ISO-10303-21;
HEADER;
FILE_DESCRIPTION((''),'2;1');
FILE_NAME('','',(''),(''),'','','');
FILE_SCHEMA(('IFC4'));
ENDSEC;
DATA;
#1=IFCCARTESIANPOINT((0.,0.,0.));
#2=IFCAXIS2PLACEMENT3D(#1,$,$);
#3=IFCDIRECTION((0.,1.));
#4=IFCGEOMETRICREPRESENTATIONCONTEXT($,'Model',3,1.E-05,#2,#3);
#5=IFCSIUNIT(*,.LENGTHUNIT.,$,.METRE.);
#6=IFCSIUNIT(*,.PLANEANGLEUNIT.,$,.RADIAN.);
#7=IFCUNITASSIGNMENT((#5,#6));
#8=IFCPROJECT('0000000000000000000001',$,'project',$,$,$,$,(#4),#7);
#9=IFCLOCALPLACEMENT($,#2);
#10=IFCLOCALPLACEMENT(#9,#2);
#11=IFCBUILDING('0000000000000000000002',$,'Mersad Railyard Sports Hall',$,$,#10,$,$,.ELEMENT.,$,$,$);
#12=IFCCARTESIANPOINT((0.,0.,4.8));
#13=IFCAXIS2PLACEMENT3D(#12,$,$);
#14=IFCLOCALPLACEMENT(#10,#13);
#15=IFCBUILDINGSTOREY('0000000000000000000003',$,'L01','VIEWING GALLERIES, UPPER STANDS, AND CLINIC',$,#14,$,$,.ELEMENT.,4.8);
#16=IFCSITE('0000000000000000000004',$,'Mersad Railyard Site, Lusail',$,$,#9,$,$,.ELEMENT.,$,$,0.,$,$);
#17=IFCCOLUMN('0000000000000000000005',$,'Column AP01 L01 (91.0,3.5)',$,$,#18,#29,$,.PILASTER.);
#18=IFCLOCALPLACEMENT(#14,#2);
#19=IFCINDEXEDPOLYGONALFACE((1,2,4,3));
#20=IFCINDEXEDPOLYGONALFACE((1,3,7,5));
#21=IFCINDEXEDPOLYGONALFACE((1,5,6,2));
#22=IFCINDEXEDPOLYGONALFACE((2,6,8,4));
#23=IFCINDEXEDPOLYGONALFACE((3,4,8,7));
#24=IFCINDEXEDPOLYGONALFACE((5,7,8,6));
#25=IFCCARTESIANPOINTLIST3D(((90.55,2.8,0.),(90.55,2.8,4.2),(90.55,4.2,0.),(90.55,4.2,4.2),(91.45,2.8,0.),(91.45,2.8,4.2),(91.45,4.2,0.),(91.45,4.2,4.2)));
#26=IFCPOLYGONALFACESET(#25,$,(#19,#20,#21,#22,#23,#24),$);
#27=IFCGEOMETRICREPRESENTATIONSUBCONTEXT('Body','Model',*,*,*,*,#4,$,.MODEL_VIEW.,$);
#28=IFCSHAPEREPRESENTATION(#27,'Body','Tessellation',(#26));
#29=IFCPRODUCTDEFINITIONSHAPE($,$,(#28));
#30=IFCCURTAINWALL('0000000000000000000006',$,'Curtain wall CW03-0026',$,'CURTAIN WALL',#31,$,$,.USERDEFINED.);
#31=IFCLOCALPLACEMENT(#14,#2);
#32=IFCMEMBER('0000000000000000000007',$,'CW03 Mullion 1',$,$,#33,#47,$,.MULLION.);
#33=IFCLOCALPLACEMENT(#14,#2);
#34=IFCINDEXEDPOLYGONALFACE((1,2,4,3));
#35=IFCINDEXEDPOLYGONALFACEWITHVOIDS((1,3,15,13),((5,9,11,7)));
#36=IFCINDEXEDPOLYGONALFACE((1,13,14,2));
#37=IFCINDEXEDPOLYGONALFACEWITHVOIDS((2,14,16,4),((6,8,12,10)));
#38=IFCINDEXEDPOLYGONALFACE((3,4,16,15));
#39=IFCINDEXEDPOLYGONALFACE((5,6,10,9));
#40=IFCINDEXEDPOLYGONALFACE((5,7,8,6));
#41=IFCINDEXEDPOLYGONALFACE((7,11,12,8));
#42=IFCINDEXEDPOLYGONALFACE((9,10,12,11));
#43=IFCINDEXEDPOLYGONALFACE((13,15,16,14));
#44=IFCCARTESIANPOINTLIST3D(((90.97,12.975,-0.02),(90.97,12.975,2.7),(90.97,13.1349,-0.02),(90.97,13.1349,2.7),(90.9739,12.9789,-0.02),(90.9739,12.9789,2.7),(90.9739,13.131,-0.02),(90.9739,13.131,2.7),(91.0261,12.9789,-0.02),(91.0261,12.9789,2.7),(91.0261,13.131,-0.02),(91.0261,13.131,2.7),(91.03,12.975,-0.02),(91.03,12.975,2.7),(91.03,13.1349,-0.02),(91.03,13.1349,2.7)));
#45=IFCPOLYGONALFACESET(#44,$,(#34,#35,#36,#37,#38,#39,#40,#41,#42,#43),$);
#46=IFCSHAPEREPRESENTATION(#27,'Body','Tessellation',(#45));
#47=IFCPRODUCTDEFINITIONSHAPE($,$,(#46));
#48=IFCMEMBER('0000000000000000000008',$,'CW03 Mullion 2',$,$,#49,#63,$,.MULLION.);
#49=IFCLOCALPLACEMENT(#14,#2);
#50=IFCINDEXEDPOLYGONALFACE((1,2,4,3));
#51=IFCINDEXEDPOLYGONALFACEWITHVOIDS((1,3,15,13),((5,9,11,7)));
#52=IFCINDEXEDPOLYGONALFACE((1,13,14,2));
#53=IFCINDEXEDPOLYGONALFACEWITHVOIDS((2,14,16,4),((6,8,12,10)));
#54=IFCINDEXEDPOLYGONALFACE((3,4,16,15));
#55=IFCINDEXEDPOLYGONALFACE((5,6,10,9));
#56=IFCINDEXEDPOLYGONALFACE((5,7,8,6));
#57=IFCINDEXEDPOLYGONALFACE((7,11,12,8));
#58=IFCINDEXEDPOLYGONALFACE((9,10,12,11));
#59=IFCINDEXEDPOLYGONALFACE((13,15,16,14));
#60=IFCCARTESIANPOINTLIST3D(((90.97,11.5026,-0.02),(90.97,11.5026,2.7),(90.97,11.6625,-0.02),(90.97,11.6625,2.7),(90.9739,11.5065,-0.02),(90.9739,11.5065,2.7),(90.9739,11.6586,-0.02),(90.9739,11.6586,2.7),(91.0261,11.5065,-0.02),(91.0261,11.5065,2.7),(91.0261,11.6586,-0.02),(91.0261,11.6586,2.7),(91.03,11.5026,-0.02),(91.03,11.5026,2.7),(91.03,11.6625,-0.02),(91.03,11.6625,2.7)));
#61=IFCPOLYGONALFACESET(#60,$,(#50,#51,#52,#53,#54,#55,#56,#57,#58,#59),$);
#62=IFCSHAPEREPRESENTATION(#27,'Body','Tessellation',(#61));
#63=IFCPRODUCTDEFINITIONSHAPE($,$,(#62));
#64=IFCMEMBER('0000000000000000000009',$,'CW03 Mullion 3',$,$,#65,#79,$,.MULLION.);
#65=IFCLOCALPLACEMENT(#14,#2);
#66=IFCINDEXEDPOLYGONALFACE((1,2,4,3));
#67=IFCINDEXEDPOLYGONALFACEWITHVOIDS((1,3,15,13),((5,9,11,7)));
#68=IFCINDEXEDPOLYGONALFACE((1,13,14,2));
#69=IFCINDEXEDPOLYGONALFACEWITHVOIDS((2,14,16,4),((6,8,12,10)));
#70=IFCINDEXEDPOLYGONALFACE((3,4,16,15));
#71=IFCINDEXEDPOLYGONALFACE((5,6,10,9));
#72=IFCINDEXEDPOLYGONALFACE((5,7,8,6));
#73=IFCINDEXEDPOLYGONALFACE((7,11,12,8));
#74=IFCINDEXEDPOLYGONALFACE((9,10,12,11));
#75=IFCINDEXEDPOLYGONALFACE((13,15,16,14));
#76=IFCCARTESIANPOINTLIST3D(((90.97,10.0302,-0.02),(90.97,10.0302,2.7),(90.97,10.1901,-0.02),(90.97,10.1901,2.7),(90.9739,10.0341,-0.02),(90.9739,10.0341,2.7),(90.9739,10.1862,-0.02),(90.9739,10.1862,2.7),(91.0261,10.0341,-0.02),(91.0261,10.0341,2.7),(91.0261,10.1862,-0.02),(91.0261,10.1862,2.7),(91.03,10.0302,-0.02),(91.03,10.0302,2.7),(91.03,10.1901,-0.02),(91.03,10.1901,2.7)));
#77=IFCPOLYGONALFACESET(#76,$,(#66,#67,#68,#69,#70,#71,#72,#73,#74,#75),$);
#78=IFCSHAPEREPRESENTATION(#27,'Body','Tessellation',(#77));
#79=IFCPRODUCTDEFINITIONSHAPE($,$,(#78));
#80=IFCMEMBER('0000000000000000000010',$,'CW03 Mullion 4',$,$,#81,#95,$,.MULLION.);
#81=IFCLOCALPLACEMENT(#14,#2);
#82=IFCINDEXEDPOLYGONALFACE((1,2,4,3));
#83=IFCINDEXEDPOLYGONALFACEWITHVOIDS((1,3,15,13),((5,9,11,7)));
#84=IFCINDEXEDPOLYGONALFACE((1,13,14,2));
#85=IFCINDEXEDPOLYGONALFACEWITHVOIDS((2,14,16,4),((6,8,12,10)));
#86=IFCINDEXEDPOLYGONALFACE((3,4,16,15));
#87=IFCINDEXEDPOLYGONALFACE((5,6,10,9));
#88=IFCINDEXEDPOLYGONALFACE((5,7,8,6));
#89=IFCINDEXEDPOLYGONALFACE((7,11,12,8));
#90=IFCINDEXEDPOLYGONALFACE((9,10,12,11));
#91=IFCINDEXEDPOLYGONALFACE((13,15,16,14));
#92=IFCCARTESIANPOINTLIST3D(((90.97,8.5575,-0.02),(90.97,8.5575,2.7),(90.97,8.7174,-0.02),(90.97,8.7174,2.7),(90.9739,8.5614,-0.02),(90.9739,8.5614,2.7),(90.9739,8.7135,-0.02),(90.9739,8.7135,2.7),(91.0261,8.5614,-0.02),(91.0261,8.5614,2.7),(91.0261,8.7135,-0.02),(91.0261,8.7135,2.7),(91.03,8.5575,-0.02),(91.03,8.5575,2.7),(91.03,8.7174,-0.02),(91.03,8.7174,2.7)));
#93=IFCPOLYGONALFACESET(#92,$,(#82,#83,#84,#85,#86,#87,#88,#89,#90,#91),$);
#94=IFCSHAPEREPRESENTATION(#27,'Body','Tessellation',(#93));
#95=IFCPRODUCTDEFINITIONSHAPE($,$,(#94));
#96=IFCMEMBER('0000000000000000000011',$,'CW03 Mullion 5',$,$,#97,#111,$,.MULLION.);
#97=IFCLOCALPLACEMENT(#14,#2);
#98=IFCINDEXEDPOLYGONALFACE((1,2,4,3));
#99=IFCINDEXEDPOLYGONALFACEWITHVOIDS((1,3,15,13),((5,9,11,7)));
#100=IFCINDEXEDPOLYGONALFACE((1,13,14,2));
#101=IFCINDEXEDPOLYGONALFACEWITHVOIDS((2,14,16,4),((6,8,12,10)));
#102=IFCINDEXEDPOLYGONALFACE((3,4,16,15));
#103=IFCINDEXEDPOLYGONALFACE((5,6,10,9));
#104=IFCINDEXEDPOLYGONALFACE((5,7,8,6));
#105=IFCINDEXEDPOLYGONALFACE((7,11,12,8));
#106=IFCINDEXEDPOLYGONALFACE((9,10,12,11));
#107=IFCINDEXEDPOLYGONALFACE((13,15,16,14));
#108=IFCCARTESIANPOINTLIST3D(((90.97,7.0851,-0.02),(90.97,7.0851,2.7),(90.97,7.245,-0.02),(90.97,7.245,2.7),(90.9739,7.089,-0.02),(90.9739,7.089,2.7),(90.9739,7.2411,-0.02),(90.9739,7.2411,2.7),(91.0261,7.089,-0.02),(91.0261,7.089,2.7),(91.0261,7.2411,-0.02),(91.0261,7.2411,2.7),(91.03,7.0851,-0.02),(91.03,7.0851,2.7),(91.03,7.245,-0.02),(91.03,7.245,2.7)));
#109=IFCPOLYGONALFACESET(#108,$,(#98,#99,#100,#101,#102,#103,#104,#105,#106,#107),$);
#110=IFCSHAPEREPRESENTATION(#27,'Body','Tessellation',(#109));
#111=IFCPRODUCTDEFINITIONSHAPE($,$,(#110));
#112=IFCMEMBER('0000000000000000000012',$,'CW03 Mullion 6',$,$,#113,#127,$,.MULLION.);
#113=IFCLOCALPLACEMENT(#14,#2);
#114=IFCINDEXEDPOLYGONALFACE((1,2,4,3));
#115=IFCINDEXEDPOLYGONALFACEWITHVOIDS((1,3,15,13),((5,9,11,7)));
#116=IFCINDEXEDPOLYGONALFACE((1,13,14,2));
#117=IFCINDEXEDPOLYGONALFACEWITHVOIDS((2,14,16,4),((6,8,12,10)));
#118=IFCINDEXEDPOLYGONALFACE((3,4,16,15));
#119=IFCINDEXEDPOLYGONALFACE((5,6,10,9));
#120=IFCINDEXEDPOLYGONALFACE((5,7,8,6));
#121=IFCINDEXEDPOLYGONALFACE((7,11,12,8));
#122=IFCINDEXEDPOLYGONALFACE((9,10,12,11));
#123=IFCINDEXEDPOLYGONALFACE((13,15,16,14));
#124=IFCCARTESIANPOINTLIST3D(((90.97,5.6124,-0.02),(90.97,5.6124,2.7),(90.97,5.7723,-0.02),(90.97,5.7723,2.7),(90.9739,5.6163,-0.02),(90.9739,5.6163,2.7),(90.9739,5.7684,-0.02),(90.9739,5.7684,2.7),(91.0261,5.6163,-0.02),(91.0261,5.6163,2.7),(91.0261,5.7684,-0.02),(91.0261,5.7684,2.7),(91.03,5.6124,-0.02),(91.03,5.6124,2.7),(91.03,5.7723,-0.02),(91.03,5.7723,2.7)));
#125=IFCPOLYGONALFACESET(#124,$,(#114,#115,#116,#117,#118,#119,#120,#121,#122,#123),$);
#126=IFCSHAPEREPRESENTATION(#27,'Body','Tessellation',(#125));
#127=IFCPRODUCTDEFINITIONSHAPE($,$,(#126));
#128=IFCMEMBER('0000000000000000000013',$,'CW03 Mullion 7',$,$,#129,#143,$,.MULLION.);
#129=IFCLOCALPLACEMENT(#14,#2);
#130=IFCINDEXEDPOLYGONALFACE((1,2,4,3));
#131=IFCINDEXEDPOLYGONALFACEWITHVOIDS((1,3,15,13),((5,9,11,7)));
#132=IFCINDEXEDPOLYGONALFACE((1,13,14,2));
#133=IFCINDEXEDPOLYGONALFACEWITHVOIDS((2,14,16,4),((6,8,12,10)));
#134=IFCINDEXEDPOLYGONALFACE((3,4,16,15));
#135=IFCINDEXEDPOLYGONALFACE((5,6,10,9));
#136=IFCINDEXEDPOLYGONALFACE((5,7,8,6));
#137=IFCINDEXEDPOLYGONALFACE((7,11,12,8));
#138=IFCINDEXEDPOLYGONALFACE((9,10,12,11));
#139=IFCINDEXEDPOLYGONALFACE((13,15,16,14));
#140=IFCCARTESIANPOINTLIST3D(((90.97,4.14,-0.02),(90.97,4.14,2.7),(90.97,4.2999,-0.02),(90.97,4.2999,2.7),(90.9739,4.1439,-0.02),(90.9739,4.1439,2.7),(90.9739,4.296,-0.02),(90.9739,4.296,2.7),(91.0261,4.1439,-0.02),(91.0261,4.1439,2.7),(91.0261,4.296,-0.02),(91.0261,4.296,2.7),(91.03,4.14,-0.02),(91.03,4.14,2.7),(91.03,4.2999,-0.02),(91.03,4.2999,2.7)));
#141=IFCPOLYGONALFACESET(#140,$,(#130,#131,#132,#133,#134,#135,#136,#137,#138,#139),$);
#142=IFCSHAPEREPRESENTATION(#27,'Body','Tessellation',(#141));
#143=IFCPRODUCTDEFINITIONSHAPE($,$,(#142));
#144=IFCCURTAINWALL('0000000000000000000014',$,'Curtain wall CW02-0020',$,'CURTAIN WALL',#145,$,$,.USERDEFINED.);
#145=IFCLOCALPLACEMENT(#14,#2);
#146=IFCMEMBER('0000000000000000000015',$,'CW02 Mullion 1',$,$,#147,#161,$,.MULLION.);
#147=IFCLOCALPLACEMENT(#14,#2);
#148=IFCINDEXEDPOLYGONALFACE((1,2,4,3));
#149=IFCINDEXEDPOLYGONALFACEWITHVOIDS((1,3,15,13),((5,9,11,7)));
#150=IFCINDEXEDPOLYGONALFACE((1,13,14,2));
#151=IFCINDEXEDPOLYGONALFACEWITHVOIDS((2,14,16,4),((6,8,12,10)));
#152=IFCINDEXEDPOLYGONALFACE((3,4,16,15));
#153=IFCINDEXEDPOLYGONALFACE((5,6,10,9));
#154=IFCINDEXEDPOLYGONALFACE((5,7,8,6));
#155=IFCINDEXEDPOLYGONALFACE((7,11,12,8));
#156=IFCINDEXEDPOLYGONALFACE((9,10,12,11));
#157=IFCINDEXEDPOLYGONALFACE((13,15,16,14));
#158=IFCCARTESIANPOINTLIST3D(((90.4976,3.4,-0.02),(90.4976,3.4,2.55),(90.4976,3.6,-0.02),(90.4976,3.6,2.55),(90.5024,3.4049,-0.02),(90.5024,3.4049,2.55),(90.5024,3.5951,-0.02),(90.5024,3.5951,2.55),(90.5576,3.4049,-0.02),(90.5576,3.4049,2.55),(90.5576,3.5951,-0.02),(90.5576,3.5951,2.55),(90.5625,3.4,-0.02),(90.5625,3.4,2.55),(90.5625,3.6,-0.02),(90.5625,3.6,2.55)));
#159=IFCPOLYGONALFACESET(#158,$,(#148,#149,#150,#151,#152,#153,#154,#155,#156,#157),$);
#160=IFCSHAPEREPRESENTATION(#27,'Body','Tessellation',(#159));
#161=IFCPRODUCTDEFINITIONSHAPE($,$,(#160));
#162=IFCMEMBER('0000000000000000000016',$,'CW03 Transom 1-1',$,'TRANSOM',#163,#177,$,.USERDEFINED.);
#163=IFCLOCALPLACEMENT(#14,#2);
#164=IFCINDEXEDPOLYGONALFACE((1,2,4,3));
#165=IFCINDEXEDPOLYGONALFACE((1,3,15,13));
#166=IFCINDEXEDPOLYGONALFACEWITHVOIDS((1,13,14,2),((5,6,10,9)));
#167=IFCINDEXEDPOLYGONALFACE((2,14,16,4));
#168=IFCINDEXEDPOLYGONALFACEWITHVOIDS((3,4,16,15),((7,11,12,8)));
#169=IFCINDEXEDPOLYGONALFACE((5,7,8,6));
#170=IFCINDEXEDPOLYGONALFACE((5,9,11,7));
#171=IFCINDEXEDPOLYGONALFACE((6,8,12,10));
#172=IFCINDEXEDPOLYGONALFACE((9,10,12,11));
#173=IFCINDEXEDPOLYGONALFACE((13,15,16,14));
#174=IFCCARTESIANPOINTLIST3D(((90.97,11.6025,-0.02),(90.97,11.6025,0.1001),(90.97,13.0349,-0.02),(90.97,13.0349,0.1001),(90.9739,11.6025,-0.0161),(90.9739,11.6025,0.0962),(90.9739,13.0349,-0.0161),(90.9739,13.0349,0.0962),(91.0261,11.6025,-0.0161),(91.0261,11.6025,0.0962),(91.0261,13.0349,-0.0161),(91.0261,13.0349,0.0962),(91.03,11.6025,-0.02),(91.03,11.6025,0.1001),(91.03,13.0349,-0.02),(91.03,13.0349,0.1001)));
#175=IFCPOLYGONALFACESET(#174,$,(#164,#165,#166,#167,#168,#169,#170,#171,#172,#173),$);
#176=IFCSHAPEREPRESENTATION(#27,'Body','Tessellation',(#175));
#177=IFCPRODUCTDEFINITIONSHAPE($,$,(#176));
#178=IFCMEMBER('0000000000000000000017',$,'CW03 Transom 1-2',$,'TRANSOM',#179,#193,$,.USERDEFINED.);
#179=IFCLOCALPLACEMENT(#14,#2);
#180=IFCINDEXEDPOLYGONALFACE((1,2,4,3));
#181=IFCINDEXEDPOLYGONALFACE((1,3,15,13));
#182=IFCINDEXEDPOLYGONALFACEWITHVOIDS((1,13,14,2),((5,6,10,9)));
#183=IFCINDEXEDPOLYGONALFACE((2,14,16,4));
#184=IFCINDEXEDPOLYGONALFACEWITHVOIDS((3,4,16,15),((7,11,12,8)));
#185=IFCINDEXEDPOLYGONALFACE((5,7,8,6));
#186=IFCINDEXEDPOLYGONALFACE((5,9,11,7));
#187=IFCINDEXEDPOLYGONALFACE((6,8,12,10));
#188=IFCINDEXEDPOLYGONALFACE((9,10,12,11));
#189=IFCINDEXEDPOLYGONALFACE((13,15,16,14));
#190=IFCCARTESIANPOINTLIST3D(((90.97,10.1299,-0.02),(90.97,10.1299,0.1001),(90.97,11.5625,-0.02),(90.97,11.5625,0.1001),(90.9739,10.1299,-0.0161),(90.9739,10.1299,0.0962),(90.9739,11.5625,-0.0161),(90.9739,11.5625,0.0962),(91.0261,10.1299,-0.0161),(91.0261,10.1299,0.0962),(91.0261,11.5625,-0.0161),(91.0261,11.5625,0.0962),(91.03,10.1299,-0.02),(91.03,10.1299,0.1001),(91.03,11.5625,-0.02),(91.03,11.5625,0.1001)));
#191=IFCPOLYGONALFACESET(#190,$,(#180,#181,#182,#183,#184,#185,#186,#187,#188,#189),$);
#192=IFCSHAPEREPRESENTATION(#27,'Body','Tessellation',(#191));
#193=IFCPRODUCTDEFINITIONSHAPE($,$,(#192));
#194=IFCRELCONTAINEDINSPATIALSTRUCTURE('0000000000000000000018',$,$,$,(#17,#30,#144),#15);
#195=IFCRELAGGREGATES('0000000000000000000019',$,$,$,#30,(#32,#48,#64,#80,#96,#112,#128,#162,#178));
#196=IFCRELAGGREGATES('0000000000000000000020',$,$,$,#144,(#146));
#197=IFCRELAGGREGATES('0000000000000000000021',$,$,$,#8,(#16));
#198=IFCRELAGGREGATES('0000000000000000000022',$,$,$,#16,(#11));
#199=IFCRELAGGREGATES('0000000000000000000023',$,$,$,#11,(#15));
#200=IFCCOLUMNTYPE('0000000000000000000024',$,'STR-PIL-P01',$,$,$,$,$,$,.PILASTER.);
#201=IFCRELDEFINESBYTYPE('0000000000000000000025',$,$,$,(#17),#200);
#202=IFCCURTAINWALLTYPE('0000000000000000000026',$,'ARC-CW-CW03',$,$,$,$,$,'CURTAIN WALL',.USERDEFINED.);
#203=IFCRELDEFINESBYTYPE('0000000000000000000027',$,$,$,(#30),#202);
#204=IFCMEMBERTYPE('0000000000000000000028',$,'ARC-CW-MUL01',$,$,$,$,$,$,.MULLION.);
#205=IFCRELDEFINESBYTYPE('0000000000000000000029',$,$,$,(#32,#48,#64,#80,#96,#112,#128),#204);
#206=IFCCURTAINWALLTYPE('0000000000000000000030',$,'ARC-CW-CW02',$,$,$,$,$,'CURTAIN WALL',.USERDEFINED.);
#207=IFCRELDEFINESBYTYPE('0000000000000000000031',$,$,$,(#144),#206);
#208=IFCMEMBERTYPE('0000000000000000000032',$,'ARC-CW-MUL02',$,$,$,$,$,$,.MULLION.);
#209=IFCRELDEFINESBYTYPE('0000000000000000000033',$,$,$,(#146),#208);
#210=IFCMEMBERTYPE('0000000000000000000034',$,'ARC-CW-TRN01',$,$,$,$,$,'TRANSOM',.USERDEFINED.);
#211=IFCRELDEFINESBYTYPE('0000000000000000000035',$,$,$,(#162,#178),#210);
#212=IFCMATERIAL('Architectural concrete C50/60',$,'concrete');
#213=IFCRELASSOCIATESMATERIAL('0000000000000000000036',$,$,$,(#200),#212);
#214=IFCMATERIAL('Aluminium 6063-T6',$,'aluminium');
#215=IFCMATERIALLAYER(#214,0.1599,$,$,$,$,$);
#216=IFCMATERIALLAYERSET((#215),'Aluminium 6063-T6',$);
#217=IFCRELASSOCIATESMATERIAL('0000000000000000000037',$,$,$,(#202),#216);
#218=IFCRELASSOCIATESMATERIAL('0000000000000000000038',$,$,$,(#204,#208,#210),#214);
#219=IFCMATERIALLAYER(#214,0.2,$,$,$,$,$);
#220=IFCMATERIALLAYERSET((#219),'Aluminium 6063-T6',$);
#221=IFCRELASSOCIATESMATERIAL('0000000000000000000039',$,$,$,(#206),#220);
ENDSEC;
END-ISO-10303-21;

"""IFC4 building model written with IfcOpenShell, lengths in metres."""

from ifc_helpers import new_model, si_unit, direction, frame, origin, origin_2d, place, context, subcontext, project, spatial, rectangle, hollow_rectangle, extrude, material, layer, layer_set, material_profile, profile_set, type_object, element, aggregate, save


model = new_model("IFC4")

# Units and contexts
model_context = context("Model", 3, precision=1e-05, world=origin(), true_north=direction((0.0, 1.0)))
body_context = subcontext(model_context, "Body", "Model", "MODEL_VIEW")
ifc_project = project(units=[si_unit("LENGTHUNIT", "METRE"), si_unit("PLANEANGLEUNIT", "RADIAN")], contexts=[model_context])

# Site, building, storey
site_placement = place(None, origin())
site = spatial("IfcSite", under=ifc_project, at=site_placement, Name="Mersad Railyard Site, Lusail", CompositionType="ELEMENT", RefElevation=0.0)
building_placement = place(site_placement, origin())
building = spatial("IfcBuilding", under=site, at=building_placement, Name="Mersad Railyard Sports Hall", CompositionType="ELEMENT")
storey_placement = place(building_placement, frame((0.0, 0.0, 4.8)))
storey = spatial("IfcBuildingStorey", under=building, at=storey_placement, Name="L01", Description="VIEWING GALLERIES, UPPER STANDS, AND CLINIC", CompositionType="ELEMENT", Elevation=4.8)

# Column
ifc_material_1 = material(Name="Architectural concrete C50/60", Category="concrete")
ifc_material_profile_1 = material_profile(ifc_material_1, rectangle(XDim=0.8999, YDim=1.3999, at=origin_2d()), Name="RC 900x1400")
ifc_profile_set_1 = profile_set([ifc_material_profile_1], Name="Architectural concrete C50/60")
column_type = type_object("IfcColumnType", Name="STR-PIL-P01", PredefinedType="PILASTER", material=ifc_profile_set_1)
column_placement = place(storey_placement, frame((91.0, 3.5, 0.0), z_axis=(0.0, 0.0, 1.0), x_axis=(1.0, 0.0, 0.0)))
element("IfcColumn", 1, at=column_placement, inside=storey, type_object=column_type, Name="Column AP01 L01 (91.0,3.5)", PredefinedType="PILASTER", context=body_context, shape_type="SweptSolid", body=[
    extrude(rectangle(XDim=0.8999, YDim=1.3999, at=origin_2d()), origin(), (0.0, 0.0, 1.0), 4.2),
])

# Curtain wall, members
ifc_material_2 = material(Name="Aluminium 6063-T6", Category="aluminium")
ifc_layer_1 = layer(ifc_material_2, 0.1599)
ifc_layer_set_1 = layer_set([ifc_layer_1], Name="Aluminium 6063-T6")
curtain_wall_type_1 = type_object("IfcCurtainWallType", Name="ARC-CW-CW03", ElementType="CURTAIN WALL", PredefinedType="USERDEFINED", material=ifc_layer_set_1)
curtain_wall_1_placement = place(storey_placement, origin())
curtain_wall_1 = element("IfcCurtainWall", 2, at=curtain_wall_1_placement, inside=storey, type_object=curtain_wall_type_1, Name="Curtain wall CW03-0026", ObjectType="CURTAIN WALL", PredefinedType="USERDEFINED")
ifc_material_profile_2 = material_profile(ifc_material_2, hollow_rectangle(XDim=0.0601, YDim=0.1599, WallThickness=0.0039, at=origin_2d()), Name="AL MULLION 60x160x4")
ifc_profile_set_2 = profile_set([ifc_material_profile_2], Name="Aluminium 6063-T6")
member_type_1 = type_object("IfcMemberType", Name="ARC-CW-MUL01", PredefinedType="MULLION", material=ifc_profile_set_2)
member_1_placement = place(storey_placement, frame((91.0, 13.0549, -0.02), z_axis=(0.0, 0.0, 1.0), x_axis=(1.0, 0.0, 0.0)))
member_1 = element("IfcMember", 3, at=member_1_placement, type_object=member_type_1, Name="CW03 Mullion 1", PredefinedType="MULLION", context=body_context, shape_type="SweptSolid", body=[
    extrude(hollow_rectangle(XDim=0.0601, YDim=0.1599, WallThickness=0.0039, at=origin_2d()), origin(), (0.0, 0.0, 1.0), 2.72),
])
member_2_placement = place(storey_placement, frame((91.0, 11.5825, -0.02), z_axis=(0.0, 0.0, 1.0), x_axis=(1.0, 0.0, 0.0)))
member_2 = element("IfcMember", 4, at=member_2_placement, type_object=member_type_1, Name="CW03 Mullion 2", PredefinedType="MULLION", context=body_context, shape_type="SweptSolid", body=[
    extrude(hollow_rectangle(XDim=0.0601, YDim=0.1599, WallThickness=0.0039, at=origin_2d()), origin(), (0.0, 0.0, 1.0), 2.72),
])
member_3_placement = place(storey_placement, frame((91.0, 10.1101, -0.02), z_axis=(0.0, 0.0, 1.0), x_axis=(1.0, 0.0, 0.0)))
member_3 = element("IfcMember", 5, at=member_3_placement, type_object=member_type_1, Name="CW03 Mullion 3", PredefinedType="MULLION", context=body_context, shape_type="SweptSolid", body=[
    extrude(hollow_rectangle(XDim=0.0601, YDim=0.1599, WallThickness=0.0039, at=origin_2d()), origin(), (0.0, 0.0, 1.0), 2.72),
])
member_4_placement = place(storey_placement, frame((91.0, 8.6375, -0.02), z_axis=(0.0, 0.0, 1.0), x_axis=(1.0, 0.0, 0.0)))
member_4 = element("IfcMember", 6, at=member_4_placement, type_object=member_type_1, Name="CW03 Mullion 4", PredefinedType="MULLION", context=body_context, shape_type="SweptSolid", body=[
    extrude(hollow_rectangle(XDim=0.0601, YDim=0.1599, WallThickness=0.0039, at=origin_2d()), origin(), (0.0, 0.0, 1.0), 2.72),
])
member_5_placement = place(storey_placement, frame((91.0, 7.165, -0.02), z_axis=(0.0, 0.0, 1.0), x_axis=(1.0, 0.0, 0.0)))
member_5 = element("IfcMember", 7, at=member_5_placement, type_object=member_type_1, Name="CW03 Mullion 5", PredefinedType="MULLION", context=body_context, shape_type="SweptSolid", body=[
    extrude(hollow_rectangle(XDim=0.0601, YDim=0.1599, WallThickness=0.0039, at=origin_2d()), origin(), (0.0, 0.0, 1.0), 2.72),
])
member_6_placement = place(storey_placement, frame((91.0, 5.6924, -0.02), z_axis=(0.0, 0.0, 1.0), x_axis=(1.0, 0.0, 0.0)))
member_6 = element("IfcMember", 8, at=member_6_placement, type_object=member_type_1, Name="CW03 Mullion 6", PredefinedType="MULLION", context=body_context, shape_type="SweptSolid", body=[
    extrude(hollow_rectangle(XDim=0.0601, YDim=0.1599, WallThickness=0.0039, at=origin_2d()), origin(), (0.0, 0.0, 1.0), 2.72),
])
member_7_placement = place(storey_placement, frame((91.0, 4.22, -0.02), z_axis=(0.0, 0.0, 1.0), x_axis=(1.0, 0.0, 0.0)))
member_7 = element("IfcMember", 9, at=member_7_placement, type_object=member_type_1, Name="CW03 Mullion 7", PredefinedType="MULLION", context=body_context, shape_type="SweptSolid", body=[
    extrude(hollow_rectangle(XDim=0.0601, YDim=0.1599, WallThickness=0.0039, at=origin_2d()), origin(), (0.0, 0.0, 1.0), 2.72),
])

# Curtain wall, member
ifc_layer_2 = layer(ifc_material_2, 0.2)
ifc_layer_set_2 = layer_set([ifc_layer_2], Name="Aluminium 6063-T6")
curtain_wall_type_2 = type_object("IfcCurtainWallType", Name="ARC-CW-CW02", ElementType="CURTAIN WALL", PredefinedType="USERDEFINED", material=ifc_layer_set_2)
curtain_wall_2_placement = place(storey_placement, origin())
curtain_wall_2 = element("IfcCurtainWall", 10, at=curtain_wall_2_placement, inside=storey, type_object=curtain_wall_type_2, Name="Curtain wall CW02-0020", ObjectType="CURTAIN WALL", PredefinedType="USERDEFINED")
ifc_material_profile_3 = material_profile(ifc_material_2, hollow_rectangle(XDim=0.0649, YDim=0.2, WallThickness=0.0049, at=origin_2d()), Name="AL MULLION 65x200x5")
ifc_profile_set_3 = profile_set([ifc_material_profile_3], Name="Aluminium 6063-T6")
member_type_2 = type_object("IfcMemberType", Name="ARC-CW-MUL02", PredefinedType="MULLION", material=ifc_profile_set_3)
member_8_placement = place(storey_placement, frame((90.53, 3.5, -0.02), z_axis=(0.0, 0.0, 1.0), x_axis=(1.0, 0.0, 0.0)))
member_8 = element("IfcMember", 11, at=member_8_placement, type_object=member_type_2, Name="CW02 Mullion 1", PredefinedType="MULLION", context=body_context, shape_type="SweptSolid", body=[
    extrude(hollow_rectangle(XDim=0.0649, YDim=0.2, WallThickness=0.0049, at=origin_2d()), origin(), (0.0, 0.0, 1.0), 2.5701),
])

# Members
ifc_material_profile_4 = material_profile(ifc_material_2, hollow_rectangle(XDim=0.0601, YDim=0.1201, WallThickness=0.0039, at=origin_2d()), Name="AL TRANSOM 60x120x4")
ifc_profile_set_4 = profile_set([ifc_material_profile_4], Name="Aluminium 6063-T6")
member_type_3 = type_object("IfcMemberType", Name="ARC-CW-TRN01", ElementType="TRANSOM", PredefinedType="USERDEFINED", material=ifc_profile_set_4)
member_9_placement = place(storey_placement, frame((91.0, 13.0349, 0.04), z_axis=(0.0, -1.0, 0.0), x_axis=(1.0, 0.0, 0.0)))
member_9 = element("IfcMember", 12, at=member_9_placement, type_object=member_type_3, Name="CW03 Transom 1-1", ObjectType="TRANSOM", PredefinedType="USERDEFINED", context=body_context, shape_type="SweptSolid", body=[
    extrude(hollow_rectangle(XDim=0.0601, YDim=0.1201, WallThickness=0.0039, at=origin_2d()), origin(), (0.0, 0.0, 1.0), 1.4324),
])
member_10_placement = place(storey_placement, frame((91.0, 11.5625, 0.04), z_axis=(0.0, -1.0, 0.0), x_axis=(1.0, 0.0, 0.0)))
member_10 = element("IfcMember", 13, at=member_10_placement, type_object=member_type_3, Name="CW03 Transom 1-2", ObjectType="TRANSOM", PredefinedType="USERDEFINED", context=body_context, shape_type="SweptSolid", body=[
    extrude(hollow_rectangle(XDim=0.0601, YDim=0.1201, WallThickness=0.0039, at=origin_2d()), origin(), (0.0, 0.0, 1.0), 1.4326),
])
aggregate(curtain_wall_1, [member_1, member_2, member_3, member_4, member_5, member_6, member_7, member_9, member_10])
aggregate(curtain_wall_2, [member_8])

save(model, "model.ifc")
